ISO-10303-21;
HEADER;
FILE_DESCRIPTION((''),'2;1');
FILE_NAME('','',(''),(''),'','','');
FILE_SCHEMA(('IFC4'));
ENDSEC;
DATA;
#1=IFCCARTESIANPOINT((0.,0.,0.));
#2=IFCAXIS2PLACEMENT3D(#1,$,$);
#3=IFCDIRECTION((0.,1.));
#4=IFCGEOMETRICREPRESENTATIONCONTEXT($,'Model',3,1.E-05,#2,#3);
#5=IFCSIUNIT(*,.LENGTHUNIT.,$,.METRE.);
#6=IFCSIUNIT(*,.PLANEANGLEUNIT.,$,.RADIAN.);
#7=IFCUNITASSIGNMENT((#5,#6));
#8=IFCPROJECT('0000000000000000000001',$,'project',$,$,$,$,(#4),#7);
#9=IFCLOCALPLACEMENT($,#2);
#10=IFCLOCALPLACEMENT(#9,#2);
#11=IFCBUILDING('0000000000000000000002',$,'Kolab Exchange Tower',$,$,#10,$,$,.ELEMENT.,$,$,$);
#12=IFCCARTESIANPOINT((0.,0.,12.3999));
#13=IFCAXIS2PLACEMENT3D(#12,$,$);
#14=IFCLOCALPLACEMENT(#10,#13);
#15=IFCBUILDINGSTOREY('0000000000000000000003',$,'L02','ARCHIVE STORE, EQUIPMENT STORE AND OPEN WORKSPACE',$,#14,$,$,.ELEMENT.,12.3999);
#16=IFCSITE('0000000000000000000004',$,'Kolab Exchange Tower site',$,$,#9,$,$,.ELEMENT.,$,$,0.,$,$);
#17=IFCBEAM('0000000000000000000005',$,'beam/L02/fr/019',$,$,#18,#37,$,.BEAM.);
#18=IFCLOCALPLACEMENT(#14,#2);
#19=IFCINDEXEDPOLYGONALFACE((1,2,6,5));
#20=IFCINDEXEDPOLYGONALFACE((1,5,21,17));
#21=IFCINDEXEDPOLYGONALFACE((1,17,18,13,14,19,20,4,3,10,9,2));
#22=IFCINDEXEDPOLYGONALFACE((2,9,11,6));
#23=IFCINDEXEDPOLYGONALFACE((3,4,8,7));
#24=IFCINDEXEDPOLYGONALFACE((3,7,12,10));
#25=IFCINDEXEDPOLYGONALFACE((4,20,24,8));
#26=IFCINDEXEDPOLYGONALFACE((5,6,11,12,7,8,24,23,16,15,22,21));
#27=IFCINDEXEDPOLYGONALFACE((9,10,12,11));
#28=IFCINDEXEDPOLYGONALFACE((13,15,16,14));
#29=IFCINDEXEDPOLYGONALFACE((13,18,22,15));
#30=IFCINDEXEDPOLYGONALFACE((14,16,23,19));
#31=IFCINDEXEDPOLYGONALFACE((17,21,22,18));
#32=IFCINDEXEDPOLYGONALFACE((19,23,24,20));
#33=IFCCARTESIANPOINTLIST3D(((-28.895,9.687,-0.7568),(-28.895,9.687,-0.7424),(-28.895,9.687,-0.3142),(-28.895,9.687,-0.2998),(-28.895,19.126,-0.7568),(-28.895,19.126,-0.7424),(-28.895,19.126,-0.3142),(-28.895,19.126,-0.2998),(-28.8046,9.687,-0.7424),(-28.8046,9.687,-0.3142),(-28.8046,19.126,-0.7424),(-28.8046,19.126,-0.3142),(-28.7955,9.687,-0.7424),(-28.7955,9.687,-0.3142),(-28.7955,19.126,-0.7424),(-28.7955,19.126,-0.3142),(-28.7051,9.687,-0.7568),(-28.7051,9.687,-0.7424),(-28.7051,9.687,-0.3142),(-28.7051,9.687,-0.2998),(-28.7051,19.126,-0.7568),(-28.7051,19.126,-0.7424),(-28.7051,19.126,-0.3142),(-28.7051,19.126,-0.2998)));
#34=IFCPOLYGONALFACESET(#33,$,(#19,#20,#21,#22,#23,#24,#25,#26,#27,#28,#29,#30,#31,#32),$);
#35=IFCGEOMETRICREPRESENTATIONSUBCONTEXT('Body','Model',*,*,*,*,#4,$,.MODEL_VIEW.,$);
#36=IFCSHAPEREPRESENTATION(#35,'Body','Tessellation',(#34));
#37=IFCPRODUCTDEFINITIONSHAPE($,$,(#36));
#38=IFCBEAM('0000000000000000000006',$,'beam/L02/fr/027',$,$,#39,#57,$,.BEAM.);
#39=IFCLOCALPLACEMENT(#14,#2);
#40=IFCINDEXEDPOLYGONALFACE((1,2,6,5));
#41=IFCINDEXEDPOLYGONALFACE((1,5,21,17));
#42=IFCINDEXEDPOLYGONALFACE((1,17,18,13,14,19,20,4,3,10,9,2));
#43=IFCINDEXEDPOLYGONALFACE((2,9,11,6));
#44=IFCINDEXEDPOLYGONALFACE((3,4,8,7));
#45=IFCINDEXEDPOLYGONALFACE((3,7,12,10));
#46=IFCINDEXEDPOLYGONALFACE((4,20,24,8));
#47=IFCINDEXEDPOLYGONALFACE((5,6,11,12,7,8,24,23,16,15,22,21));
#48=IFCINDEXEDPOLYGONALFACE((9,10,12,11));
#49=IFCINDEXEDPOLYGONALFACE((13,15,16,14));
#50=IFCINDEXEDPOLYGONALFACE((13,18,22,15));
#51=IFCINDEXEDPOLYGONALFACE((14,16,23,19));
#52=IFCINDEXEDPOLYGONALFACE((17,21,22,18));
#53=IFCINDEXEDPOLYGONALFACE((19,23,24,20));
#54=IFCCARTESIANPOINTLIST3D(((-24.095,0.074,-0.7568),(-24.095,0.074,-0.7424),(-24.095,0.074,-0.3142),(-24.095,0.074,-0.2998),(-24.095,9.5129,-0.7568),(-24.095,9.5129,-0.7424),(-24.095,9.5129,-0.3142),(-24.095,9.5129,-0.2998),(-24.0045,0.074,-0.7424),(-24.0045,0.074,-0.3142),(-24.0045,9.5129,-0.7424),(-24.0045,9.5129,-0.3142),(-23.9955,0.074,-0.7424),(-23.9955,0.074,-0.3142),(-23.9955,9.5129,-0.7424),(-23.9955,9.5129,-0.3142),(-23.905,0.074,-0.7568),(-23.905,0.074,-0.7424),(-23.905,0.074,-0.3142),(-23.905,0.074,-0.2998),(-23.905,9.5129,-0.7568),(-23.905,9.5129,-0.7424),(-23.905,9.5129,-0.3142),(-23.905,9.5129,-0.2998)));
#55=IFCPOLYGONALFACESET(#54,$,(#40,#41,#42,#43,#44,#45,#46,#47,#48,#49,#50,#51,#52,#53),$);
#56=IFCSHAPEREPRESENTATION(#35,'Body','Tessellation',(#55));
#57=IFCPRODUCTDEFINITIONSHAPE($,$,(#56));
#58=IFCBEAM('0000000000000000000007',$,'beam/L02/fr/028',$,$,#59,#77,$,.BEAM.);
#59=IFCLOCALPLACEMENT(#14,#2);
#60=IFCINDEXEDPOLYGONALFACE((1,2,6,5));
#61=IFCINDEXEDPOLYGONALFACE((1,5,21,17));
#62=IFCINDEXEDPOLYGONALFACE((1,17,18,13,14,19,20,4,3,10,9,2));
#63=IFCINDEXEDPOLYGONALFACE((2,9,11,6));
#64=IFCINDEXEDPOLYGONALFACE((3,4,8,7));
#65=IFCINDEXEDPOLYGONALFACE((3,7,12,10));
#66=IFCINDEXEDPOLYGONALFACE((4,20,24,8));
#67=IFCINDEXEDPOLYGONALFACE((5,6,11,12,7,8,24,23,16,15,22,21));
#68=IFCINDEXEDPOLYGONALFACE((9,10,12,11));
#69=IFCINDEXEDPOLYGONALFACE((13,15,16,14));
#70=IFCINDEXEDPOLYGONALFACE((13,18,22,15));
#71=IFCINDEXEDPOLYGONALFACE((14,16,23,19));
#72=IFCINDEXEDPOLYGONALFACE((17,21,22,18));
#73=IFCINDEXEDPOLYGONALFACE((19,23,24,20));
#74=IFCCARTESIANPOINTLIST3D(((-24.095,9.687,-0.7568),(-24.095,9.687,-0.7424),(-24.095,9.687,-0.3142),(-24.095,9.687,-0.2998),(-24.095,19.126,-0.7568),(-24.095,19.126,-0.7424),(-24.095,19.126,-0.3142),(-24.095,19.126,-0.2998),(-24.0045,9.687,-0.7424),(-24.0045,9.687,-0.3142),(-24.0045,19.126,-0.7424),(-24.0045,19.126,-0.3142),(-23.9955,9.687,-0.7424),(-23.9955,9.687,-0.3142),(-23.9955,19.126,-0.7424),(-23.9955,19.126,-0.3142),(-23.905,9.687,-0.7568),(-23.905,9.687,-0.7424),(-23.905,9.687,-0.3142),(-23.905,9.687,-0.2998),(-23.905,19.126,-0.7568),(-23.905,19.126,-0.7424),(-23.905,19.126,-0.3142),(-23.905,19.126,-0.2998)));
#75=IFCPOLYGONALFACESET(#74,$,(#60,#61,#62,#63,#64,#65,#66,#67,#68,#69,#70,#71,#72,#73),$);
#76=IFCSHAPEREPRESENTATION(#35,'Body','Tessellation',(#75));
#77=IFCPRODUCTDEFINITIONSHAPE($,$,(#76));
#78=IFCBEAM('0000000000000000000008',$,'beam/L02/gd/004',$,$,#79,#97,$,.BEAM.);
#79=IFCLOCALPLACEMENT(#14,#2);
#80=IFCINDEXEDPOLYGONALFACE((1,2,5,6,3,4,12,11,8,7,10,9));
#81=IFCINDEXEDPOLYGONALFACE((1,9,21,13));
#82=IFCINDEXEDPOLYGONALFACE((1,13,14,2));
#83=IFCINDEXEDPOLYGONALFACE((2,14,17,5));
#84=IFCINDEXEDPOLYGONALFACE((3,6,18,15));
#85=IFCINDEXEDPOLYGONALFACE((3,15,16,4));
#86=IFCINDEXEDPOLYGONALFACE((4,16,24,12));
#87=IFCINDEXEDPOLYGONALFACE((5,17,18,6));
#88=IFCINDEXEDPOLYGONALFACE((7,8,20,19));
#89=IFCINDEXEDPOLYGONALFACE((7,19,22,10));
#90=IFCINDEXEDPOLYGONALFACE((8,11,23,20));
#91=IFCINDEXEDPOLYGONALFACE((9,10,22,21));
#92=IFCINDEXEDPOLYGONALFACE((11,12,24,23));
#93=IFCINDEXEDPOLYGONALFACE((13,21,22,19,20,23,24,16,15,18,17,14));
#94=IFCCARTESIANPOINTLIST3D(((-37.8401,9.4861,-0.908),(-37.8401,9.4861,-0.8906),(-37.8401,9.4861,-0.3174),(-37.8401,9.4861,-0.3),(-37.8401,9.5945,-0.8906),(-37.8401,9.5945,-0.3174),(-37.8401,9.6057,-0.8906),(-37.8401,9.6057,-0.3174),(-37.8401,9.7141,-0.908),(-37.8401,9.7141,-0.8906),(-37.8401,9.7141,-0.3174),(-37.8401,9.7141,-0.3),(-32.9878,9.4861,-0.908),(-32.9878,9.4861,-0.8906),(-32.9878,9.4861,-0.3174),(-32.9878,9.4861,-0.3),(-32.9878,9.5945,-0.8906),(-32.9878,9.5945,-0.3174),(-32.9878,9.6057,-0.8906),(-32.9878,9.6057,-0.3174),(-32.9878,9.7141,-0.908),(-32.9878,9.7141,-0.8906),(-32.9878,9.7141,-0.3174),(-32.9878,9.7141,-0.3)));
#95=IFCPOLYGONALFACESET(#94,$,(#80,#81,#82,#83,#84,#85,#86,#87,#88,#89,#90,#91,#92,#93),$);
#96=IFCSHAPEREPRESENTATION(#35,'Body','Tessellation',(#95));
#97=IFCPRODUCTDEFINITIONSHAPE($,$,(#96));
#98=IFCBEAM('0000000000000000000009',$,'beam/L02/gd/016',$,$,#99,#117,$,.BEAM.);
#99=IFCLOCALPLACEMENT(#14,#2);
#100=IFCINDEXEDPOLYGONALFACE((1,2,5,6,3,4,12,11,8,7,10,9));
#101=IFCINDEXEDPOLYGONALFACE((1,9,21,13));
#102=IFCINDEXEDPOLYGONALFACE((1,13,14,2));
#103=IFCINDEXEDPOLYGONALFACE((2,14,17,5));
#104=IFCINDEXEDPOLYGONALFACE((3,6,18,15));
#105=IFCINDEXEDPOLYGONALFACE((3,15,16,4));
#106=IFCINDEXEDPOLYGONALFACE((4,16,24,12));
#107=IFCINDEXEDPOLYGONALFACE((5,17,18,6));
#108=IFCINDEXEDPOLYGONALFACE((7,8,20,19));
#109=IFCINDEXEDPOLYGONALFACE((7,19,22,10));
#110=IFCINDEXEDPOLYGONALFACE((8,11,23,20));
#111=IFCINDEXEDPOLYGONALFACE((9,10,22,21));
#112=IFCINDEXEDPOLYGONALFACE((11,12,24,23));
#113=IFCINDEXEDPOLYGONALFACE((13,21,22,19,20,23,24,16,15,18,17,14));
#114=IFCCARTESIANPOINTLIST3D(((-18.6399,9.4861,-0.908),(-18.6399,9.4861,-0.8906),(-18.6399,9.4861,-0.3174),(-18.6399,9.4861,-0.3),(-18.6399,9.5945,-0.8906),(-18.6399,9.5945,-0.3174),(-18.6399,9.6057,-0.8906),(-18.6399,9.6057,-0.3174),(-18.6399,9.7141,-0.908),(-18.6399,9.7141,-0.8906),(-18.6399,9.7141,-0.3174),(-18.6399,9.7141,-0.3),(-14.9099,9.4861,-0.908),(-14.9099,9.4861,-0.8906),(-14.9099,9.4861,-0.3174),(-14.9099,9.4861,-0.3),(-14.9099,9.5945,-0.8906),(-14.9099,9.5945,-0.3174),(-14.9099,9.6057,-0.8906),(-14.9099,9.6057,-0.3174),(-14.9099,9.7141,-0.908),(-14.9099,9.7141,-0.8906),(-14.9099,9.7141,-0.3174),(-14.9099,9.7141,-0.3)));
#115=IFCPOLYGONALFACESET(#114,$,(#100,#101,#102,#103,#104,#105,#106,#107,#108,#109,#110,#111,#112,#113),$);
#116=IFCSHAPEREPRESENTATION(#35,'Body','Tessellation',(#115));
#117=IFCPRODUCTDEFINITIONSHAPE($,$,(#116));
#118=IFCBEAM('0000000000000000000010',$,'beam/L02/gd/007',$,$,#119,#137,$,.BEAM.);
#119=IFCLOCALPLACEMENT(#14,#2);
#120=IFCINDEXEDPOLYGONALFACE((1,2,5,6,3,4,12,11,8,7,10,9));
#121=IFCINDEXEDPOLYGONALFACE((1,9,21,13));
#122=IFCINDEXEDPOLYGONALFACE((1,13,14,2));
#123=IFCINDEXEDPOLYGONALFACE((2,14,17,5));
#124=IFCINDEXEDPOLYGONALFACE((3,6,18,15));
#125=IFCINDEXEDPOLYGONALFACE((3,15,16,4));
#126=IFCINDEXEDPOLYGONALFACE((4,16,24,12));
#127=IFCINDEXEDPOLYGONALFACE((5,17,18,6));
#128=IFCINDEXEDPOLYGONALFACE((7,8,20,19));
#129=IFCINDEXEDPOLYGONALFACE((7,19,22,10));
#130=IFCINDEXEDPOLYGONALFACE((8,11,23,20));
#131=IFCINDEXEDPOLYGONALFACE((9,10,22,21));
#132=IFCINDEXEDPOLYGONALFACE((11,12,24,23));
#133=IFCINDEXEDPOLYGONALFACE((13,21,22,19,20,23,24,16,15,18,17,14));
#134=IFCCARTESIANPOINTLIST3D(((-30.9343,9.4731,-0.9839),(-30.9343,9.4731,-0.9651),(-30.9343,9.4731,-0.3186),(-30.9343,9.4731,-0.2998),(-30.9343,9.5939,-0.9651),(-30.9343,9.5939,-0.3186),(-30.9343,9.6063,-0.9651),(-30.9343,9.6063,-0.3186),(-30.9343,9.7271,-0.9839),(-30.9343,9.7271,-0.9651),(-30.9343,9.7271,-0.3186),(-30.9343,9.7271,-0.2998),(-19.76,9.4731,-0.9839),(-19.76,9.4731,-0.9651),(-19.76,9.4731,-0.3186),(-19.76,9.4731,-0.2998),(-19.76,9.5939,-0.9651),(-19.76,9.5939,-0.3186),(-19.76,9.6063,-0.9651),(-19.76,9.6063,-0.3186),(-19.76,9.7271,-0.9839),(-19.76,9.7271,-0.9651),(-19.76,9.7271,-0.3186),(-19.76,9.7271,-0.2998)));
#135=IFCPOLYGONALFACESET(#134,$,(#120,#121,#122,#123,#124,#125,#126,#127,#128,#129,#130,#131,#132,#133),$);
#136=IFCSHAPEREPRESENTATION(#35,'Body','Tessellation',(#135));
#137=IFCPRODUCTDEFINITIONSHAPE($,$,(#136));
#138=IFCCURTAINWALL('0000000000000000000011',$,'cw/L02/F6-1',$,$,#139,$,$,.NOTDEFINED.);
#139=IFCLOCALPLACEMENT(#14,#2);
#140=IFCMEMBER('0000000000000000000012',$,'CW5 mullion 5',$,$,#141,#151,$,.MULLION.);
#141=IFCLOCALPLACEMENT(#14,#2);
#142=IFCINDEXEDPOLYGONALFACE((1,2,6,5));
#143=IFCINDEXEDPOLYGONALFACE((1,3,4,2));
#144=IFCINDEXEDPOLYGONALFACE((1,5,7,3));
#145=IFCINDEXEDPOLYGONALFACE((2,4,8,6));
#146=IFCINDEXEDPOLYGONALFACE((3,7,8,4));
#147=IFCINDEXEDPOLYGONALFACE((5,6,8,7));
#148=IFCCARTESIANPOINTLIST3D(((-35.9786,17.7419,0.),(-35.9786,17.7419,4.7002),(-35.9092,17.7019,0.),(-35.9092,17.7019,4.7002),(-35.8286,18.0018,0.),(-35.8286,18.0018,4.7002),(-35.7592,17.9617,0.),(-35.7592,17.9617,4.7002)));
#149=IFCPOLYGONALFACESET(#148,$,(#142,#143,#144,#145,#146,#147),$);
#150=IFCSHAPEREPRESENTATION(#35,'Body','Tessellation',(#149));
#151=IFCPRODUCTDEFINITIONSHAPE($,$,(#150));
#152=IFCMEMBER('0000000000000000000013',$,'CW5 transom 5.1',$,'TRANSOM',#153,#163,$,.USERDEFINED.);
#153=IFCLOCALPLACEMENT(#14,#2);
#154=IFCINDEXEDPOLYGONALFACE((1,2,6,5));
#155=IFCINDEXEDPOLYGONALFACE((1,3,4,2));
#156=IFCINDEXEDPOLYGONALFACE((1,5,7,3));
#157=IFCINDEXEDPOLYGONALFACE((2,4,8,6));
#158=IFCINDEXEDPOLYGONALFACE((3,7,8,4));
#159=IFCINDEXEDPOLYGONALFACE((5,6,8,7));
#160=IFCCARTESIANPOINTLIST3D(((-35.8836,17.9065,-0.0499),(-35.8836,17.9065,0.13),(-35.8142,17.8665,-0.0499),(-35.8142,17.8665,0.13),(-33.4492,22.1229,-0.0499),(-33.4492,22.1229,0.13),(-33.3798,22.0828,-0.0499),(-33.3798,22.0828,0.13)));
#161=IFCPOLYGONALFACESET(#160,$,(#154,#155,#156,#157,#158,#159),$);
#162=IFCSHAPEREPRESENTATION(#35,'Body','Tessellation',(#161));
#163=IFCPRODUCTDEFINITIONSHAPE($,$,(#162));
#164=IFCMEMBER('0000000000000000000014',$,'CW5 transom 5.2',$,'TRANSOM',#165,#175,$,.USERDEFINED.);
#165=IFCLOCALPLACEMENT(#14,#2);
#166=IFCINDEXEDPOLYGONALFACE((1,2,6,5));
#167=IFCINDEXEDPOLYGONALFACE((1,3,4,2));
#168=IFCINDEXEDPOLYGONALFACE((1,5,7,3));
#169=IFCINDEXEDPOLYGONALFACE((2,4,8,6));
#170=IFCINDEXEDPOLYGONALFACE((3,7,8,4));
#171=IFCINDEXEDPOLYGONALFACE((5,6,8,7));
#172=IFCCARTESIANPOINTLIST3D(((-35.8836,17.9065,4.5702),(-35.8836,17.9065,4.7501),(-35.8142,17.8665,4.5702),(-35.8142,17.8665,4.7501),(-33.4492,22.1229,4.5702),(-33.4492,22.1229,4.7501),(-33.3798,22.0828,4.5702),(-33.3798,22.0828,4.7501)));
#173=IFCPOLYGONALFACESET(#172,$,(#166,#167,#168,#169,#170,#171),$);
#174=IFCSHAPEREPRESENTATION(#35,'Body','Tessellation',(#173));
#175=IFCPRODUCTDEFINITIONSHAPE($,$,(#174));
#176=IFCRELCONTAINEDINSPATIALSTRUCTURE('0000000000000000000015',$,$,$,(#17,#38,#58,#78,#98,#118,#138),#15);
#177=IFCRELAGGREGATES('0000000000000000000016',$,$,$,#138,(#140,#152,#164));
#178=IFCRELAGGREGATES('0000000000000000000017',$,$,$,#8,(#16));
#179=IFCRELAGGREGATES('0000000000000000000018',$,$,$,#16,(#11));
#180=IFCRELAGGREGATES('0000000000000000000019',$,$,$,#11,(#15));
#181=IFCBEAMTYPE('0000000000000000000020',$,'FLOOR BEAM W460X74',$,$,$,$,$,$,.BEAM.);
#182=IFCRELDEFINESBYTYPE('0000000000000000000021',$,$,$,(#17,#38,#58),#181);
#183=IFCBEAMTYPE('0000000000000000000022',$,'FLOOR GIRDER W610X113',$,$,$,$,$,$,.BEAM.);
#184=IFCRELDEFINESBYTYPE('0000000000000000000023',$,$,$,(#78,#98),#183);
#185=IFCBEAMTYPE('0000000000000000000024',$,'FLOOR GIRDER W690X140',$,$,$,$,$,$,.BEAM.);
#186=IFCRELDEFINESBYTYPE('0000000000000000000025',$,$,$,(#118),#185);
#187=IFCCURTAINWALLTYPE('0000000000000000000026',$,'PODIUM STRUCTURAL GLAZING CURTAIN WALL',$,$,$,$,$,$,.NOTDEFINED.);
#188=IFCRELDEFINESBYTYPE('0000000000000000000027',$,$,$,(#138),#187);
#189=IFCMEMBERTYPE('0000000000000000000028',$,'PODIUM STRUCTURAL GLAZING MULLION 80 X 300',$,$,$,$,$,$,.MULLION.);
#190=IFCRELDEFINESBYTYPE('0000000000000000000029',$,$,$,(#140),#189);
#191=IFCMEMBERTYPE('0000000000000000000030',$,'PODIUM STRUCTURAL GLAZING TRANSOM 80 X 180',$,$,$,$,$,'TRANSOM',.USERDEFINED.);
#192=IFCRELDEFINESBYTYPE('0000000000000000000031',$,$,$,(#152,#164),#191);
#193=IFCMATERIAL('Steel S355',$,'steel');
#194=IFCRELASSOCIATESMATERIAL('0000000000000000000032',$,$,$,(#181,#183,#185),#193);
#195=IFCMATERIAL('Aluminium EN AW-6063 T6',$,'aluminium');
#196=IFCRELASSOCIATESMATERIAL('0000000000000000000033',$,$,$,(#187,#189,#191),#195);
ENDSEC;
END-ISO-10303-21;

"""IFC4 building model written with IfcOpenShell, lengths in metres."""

from ifc_helpers import new_model, si_unit, direction, frame, origin, origin_2d, place, context, subcontext, project, spatial, rectangle, i_section, extrude, material, material_profile, profile_set, type_object, element, aggregate, save


model = new_model("IFC4")

# Units and contexts
model_context = context("Model", 3, precision=1e-05, world=origin(), true_north=direction((0.0, 1.0)))
body_context = subcontext(model_context, "Body", "Model", "MODEL_VIEW")
ifc_project = project(units=[si_unit("LENGTHUNIT", "METRE"), si_unit("PLANEANGLEUNIT", "RADIAN")], contexts=[model_context])

# Site, building, storey
site_placement = place(None, origin())
site = spatial("IfcSite", under=ifc_project, at=site_placement, Name="Kolab Exchange Tower site", CompositionType="ELEMENT", RefElevation=0.0)
building_placement = place(site_placement, origin())
building = spatial("IfcBuilding", under=site, at=building_placement, Name="Kolab Exchange Tower", CompositionType="ELEMENT")
storey_placement = place(building_placement, frame((0.0, 0.0, 12.3999)))
storey = spatial("IfcBuildingStorey", under=building, at=storey_placement, Name="L02", Description="ARCHIVE STORE, EQUIPMENT STORE AND OPEN WORKSPACE", CompositionType="ELEMENT", Elevation=12.3999)

# Beams
ifc_material_1 = material(Name="Steel S355", Category="steel")
ifc_material_profile_1 = material_profile(ifc_material_1, i_section(OverallWidth=0.1899, OverallDepth=0.457, WebThickness=0.009, FlangeThickness=0.0144, at=origin_2d()), Name="W460X74")
ifc_profile_set_1 = profile_set([ifc_material_profile_1], Name="Steel S355")
beam_type_1 = type_object("IfcBeamType", Name="FLOOR BEAM W460X74", PredefinedType="BEAM", material=ifc_profile_set_1)
for number, where, z_axis, x_axis, name in (
    (1, (-28.8, 9.687, -0.5283), (0.0, 1.0, 0.0), (-1.0, 0.0, 0.0), "beam/L02/fr/019"),
    (2, (-24.0, 0.074, -0.5283), (0.0, 1.0, 0.0), (-1.0, 0.0, 0.0), "beam/L02/fr/027"),
    (3, (-24.0, 9.687, -0.5283), (0.0, 1.0, 0.0), (-1.0, 0.0, 0.0), "beam/L02/fr/028"),
):
    element("IfcBeam", number, at=place(storey_placement, frame(where, z_axis=z_axis, x_axis=x_axis)), inside=storey, type_object=beam_type_1, Name=name, PredefinedType="BEAM", context=body_context, shape_type="SweptSolid", body=[
        extrude(i_section(OverallWidth=0.1899, OverallDepth=0.457, WebThickness=0.009, FlangeThickness=0.0144, at=origin_2d()), origin(), (0.0, 0.0, 1.0), 9.439),
    ])
ifc_material_profile_2 = material_profile(ifc_material_1, i_section(OverallWidth=0.228, OverallDepth=0.6079, WebThickness=0.0112, FlangeThickness=0.0173, at=origin_2d()), Name="W610X113")
ifc_profile_set_2 = profile_set([ifc_material_profile_2], Name="Steel S355")
beam_type_2 = type_object("IfcBeamType", Name="FLOOR GIRDER W610X113", PredefinedType="BEAM", material=ifc_profile_set_2)
beam_1_placement = place(storey_placement, frame((-37.8401, 9.6001, -0.604), z_axis=(1.0, 0.0, 0.0), x_axis=(0.0, 1.0, 0.0)))
element("IfcBeam", 4, at=beam_1_placement, inside=storey, type_object=beam_type_2, Name="beam/L02/gd/004", PredefinedType="BEAM", context=body_context, shape_type="SweptSolid", body=[
    extrude(i_section(OverallWidth=0.228, OverallDepth=0.6079, WebThickness=0.0112, FlangeThickness=0.0173, at=origin_2d()), origin(), (0.0, 0.0, 1.0), 4.8523),
])
beam_2_placement = place(storey_placement, frame((-18.6399, 9.6001, -0.604), z_axis=(1.0, 0.0, 0.0), x_axis=(0.0, 1.0, 0.0)))
element("IfcBeam", 5, at=beam_2_placement, inside=storey, type_object=beam_type_2, Name="beam/L02/gd/016", PredefinedType="BEAM", context=body_context, shape_type="SweptSolid", body=[
    extrude(i_section(OverallWidth=0.228, OverallDepth=0.6079, WebThickness=0.0112, FlangeThickness=0.0173, at=origin_2d()), origin(), (0.0, 0.0, 1.0), 3.73),
])
ifc_material_profile_3 = material_profile(ifc_material_1, i_section(OverallWidth=0.2539, OverallDepth=0.6841, WebThickness=0.0125, FlangeThickness=0.0188, at=origin_2d()), Name="W690X140")
ifc_profile_set_3 = profile_set([ifc_material_profile_3], Name="Steel S355")
beam_type_3 = type_object("IfcBeamType", Name="FLOOR GIRDER W690X140", PredefinedType="BEAM", material=ifc_profile_set_3)
beam_3_placement = place(storey_placement, frame((-30.9343, 9.6001, -0.6418), z_axis=(1.0, 0.0, 0.0), x_axis=(0.0, 1.0, 0.0)))
element("IfcBeam", 6, at=beam_3_placement, inside=storey, type_object=beam_type_3, Name="beam/L02/gd/007", PredefinedType="BEAM", context=body_context, shape_type="SweptSolid", body=[
    extrude(i_section(OverallWidth=0.2539, OverallDepth=0.6841, WebThickness=0.0125, FlangeThickness=0.0188, at=origin_2d()), origin(), (0.0, 0.0, 1.0), 11.1743),
])

# Curtain wall, members
ifc_material_2 = material(Name="Aluminium EN AW-6063 T6", Category="aluminium")
curtain_wall_type = type_object("IfcCurtainWallType", Name="PODIUM STRUCTURAL GLAZING CURTAIN WALL", PredefinedType="NOTDEFINED", material=ifc_material_2)
curtain_wall_placement = place(storey_placement, origin())
curtain_wall = element("IfcCurtainWall", 7, at=curtain_wall_placement, inside=storey, type_object=curtain_wall_type, Name="cw/L02/F6-1", PredefinedType="NOTDEFINED")
ifc_material_profile_4 = material_profile(ifc_material_2, rectangle(XDim=0.0801, YDim=0.3, at=origin_2d()), Name="RECT 80X300")
ifc_profile_set_4 = profile_set([ifc_material_profile_4], Name="Aluminium EN AW-6063 T6")
member_type_1 = type_object("IfcMemberType", Name="PODIUM STRUCTURAL GLAZING MULLION 80 X 300", PredefinedType="MULLION", material=ifc_profile_set_4)
member_1_placement = place(storey_placement, frame((-35.8689, 17.8518, 0.0), z_axis=(0.0, 0.0, 1.0), x_axis=(-0.866025, 0.5, 0.0)))
member_1 = element("IfcMember", 8, at=member_1_placement, type_object=member_type_1, Name="CW5 mullion 5", PredefinedType="MULLION", context=body_context, shape_type="SweptSolid", body=[
    extrude(rectangle(XDim=0.0801, YDim=0.3, at=origin_2d()), origin(), (0.0, 0.0, 1.0), 4.7002),
])
ifc_material_profile_5 = material_profile(ifc_material_2, rectangle(XDim=0.0801, YDim=0.1799, at=origin_2d()), Name="RECT 80X180")
ifc_profile_set_5 = profile_set([ifc_material_profile_5], Name="Aluminium EN AW-6063 T6")
member_type_2 = type_object("IfcMemberType", Name="PODIUM STRUCTURAL GLAZING TRANSOM 80 X 180", ElementType="TRANSOM", PredefinedType="USERDEFINED", material=ifc_profile_set_5)
member_2_placement = place(storey_placement, frame((-35.8489, 17.8865, 0.04), z_axis=(0.500006, 0.866022, 0.0), x_axis=(-0.866022, 0.500006, 0.0)))
member_2 = element("IfcMember", 9, at=member_2_placement, type_object=member_type_2, Name="CW5 transom 5.1", ObjectType="TRANSOM", PredefinedType="USERDEFINED", context=body_context, shape_type="SweptSolid", body=[
    extrude(rectangle(XDim=0.0801, YDim=0.1799, at=origin_2d()), origin(), (0.0, 0.0, 1.0), 4.8687),
])
member_3_placement = place(storey_placement, frame((-35.8489, 17.8865, 4.6602), z_axis=(0.500006, 0.866022, 0.0), x_axis=(-0.866022, 0.500006, 0.0)))
member_3 = element("IfcMember", 10, at=member_3_placement, type_object=member_type_2, Name="CW5 transom 5.2", ObjectType="TRANSOM", PredefinedType="USERDEFINED", context=body_context, shape_type="SweptSolid", body=[
    extrude(rectangle(XDim=0.0801, YDim=0.1799, at=origin_2d()), origin(), (0.0, 0.0, 1.0), 4.8687),
])

aggregate(curtain_wall, [member_1, member_2, member_3])

save(model, "model.ifc")
